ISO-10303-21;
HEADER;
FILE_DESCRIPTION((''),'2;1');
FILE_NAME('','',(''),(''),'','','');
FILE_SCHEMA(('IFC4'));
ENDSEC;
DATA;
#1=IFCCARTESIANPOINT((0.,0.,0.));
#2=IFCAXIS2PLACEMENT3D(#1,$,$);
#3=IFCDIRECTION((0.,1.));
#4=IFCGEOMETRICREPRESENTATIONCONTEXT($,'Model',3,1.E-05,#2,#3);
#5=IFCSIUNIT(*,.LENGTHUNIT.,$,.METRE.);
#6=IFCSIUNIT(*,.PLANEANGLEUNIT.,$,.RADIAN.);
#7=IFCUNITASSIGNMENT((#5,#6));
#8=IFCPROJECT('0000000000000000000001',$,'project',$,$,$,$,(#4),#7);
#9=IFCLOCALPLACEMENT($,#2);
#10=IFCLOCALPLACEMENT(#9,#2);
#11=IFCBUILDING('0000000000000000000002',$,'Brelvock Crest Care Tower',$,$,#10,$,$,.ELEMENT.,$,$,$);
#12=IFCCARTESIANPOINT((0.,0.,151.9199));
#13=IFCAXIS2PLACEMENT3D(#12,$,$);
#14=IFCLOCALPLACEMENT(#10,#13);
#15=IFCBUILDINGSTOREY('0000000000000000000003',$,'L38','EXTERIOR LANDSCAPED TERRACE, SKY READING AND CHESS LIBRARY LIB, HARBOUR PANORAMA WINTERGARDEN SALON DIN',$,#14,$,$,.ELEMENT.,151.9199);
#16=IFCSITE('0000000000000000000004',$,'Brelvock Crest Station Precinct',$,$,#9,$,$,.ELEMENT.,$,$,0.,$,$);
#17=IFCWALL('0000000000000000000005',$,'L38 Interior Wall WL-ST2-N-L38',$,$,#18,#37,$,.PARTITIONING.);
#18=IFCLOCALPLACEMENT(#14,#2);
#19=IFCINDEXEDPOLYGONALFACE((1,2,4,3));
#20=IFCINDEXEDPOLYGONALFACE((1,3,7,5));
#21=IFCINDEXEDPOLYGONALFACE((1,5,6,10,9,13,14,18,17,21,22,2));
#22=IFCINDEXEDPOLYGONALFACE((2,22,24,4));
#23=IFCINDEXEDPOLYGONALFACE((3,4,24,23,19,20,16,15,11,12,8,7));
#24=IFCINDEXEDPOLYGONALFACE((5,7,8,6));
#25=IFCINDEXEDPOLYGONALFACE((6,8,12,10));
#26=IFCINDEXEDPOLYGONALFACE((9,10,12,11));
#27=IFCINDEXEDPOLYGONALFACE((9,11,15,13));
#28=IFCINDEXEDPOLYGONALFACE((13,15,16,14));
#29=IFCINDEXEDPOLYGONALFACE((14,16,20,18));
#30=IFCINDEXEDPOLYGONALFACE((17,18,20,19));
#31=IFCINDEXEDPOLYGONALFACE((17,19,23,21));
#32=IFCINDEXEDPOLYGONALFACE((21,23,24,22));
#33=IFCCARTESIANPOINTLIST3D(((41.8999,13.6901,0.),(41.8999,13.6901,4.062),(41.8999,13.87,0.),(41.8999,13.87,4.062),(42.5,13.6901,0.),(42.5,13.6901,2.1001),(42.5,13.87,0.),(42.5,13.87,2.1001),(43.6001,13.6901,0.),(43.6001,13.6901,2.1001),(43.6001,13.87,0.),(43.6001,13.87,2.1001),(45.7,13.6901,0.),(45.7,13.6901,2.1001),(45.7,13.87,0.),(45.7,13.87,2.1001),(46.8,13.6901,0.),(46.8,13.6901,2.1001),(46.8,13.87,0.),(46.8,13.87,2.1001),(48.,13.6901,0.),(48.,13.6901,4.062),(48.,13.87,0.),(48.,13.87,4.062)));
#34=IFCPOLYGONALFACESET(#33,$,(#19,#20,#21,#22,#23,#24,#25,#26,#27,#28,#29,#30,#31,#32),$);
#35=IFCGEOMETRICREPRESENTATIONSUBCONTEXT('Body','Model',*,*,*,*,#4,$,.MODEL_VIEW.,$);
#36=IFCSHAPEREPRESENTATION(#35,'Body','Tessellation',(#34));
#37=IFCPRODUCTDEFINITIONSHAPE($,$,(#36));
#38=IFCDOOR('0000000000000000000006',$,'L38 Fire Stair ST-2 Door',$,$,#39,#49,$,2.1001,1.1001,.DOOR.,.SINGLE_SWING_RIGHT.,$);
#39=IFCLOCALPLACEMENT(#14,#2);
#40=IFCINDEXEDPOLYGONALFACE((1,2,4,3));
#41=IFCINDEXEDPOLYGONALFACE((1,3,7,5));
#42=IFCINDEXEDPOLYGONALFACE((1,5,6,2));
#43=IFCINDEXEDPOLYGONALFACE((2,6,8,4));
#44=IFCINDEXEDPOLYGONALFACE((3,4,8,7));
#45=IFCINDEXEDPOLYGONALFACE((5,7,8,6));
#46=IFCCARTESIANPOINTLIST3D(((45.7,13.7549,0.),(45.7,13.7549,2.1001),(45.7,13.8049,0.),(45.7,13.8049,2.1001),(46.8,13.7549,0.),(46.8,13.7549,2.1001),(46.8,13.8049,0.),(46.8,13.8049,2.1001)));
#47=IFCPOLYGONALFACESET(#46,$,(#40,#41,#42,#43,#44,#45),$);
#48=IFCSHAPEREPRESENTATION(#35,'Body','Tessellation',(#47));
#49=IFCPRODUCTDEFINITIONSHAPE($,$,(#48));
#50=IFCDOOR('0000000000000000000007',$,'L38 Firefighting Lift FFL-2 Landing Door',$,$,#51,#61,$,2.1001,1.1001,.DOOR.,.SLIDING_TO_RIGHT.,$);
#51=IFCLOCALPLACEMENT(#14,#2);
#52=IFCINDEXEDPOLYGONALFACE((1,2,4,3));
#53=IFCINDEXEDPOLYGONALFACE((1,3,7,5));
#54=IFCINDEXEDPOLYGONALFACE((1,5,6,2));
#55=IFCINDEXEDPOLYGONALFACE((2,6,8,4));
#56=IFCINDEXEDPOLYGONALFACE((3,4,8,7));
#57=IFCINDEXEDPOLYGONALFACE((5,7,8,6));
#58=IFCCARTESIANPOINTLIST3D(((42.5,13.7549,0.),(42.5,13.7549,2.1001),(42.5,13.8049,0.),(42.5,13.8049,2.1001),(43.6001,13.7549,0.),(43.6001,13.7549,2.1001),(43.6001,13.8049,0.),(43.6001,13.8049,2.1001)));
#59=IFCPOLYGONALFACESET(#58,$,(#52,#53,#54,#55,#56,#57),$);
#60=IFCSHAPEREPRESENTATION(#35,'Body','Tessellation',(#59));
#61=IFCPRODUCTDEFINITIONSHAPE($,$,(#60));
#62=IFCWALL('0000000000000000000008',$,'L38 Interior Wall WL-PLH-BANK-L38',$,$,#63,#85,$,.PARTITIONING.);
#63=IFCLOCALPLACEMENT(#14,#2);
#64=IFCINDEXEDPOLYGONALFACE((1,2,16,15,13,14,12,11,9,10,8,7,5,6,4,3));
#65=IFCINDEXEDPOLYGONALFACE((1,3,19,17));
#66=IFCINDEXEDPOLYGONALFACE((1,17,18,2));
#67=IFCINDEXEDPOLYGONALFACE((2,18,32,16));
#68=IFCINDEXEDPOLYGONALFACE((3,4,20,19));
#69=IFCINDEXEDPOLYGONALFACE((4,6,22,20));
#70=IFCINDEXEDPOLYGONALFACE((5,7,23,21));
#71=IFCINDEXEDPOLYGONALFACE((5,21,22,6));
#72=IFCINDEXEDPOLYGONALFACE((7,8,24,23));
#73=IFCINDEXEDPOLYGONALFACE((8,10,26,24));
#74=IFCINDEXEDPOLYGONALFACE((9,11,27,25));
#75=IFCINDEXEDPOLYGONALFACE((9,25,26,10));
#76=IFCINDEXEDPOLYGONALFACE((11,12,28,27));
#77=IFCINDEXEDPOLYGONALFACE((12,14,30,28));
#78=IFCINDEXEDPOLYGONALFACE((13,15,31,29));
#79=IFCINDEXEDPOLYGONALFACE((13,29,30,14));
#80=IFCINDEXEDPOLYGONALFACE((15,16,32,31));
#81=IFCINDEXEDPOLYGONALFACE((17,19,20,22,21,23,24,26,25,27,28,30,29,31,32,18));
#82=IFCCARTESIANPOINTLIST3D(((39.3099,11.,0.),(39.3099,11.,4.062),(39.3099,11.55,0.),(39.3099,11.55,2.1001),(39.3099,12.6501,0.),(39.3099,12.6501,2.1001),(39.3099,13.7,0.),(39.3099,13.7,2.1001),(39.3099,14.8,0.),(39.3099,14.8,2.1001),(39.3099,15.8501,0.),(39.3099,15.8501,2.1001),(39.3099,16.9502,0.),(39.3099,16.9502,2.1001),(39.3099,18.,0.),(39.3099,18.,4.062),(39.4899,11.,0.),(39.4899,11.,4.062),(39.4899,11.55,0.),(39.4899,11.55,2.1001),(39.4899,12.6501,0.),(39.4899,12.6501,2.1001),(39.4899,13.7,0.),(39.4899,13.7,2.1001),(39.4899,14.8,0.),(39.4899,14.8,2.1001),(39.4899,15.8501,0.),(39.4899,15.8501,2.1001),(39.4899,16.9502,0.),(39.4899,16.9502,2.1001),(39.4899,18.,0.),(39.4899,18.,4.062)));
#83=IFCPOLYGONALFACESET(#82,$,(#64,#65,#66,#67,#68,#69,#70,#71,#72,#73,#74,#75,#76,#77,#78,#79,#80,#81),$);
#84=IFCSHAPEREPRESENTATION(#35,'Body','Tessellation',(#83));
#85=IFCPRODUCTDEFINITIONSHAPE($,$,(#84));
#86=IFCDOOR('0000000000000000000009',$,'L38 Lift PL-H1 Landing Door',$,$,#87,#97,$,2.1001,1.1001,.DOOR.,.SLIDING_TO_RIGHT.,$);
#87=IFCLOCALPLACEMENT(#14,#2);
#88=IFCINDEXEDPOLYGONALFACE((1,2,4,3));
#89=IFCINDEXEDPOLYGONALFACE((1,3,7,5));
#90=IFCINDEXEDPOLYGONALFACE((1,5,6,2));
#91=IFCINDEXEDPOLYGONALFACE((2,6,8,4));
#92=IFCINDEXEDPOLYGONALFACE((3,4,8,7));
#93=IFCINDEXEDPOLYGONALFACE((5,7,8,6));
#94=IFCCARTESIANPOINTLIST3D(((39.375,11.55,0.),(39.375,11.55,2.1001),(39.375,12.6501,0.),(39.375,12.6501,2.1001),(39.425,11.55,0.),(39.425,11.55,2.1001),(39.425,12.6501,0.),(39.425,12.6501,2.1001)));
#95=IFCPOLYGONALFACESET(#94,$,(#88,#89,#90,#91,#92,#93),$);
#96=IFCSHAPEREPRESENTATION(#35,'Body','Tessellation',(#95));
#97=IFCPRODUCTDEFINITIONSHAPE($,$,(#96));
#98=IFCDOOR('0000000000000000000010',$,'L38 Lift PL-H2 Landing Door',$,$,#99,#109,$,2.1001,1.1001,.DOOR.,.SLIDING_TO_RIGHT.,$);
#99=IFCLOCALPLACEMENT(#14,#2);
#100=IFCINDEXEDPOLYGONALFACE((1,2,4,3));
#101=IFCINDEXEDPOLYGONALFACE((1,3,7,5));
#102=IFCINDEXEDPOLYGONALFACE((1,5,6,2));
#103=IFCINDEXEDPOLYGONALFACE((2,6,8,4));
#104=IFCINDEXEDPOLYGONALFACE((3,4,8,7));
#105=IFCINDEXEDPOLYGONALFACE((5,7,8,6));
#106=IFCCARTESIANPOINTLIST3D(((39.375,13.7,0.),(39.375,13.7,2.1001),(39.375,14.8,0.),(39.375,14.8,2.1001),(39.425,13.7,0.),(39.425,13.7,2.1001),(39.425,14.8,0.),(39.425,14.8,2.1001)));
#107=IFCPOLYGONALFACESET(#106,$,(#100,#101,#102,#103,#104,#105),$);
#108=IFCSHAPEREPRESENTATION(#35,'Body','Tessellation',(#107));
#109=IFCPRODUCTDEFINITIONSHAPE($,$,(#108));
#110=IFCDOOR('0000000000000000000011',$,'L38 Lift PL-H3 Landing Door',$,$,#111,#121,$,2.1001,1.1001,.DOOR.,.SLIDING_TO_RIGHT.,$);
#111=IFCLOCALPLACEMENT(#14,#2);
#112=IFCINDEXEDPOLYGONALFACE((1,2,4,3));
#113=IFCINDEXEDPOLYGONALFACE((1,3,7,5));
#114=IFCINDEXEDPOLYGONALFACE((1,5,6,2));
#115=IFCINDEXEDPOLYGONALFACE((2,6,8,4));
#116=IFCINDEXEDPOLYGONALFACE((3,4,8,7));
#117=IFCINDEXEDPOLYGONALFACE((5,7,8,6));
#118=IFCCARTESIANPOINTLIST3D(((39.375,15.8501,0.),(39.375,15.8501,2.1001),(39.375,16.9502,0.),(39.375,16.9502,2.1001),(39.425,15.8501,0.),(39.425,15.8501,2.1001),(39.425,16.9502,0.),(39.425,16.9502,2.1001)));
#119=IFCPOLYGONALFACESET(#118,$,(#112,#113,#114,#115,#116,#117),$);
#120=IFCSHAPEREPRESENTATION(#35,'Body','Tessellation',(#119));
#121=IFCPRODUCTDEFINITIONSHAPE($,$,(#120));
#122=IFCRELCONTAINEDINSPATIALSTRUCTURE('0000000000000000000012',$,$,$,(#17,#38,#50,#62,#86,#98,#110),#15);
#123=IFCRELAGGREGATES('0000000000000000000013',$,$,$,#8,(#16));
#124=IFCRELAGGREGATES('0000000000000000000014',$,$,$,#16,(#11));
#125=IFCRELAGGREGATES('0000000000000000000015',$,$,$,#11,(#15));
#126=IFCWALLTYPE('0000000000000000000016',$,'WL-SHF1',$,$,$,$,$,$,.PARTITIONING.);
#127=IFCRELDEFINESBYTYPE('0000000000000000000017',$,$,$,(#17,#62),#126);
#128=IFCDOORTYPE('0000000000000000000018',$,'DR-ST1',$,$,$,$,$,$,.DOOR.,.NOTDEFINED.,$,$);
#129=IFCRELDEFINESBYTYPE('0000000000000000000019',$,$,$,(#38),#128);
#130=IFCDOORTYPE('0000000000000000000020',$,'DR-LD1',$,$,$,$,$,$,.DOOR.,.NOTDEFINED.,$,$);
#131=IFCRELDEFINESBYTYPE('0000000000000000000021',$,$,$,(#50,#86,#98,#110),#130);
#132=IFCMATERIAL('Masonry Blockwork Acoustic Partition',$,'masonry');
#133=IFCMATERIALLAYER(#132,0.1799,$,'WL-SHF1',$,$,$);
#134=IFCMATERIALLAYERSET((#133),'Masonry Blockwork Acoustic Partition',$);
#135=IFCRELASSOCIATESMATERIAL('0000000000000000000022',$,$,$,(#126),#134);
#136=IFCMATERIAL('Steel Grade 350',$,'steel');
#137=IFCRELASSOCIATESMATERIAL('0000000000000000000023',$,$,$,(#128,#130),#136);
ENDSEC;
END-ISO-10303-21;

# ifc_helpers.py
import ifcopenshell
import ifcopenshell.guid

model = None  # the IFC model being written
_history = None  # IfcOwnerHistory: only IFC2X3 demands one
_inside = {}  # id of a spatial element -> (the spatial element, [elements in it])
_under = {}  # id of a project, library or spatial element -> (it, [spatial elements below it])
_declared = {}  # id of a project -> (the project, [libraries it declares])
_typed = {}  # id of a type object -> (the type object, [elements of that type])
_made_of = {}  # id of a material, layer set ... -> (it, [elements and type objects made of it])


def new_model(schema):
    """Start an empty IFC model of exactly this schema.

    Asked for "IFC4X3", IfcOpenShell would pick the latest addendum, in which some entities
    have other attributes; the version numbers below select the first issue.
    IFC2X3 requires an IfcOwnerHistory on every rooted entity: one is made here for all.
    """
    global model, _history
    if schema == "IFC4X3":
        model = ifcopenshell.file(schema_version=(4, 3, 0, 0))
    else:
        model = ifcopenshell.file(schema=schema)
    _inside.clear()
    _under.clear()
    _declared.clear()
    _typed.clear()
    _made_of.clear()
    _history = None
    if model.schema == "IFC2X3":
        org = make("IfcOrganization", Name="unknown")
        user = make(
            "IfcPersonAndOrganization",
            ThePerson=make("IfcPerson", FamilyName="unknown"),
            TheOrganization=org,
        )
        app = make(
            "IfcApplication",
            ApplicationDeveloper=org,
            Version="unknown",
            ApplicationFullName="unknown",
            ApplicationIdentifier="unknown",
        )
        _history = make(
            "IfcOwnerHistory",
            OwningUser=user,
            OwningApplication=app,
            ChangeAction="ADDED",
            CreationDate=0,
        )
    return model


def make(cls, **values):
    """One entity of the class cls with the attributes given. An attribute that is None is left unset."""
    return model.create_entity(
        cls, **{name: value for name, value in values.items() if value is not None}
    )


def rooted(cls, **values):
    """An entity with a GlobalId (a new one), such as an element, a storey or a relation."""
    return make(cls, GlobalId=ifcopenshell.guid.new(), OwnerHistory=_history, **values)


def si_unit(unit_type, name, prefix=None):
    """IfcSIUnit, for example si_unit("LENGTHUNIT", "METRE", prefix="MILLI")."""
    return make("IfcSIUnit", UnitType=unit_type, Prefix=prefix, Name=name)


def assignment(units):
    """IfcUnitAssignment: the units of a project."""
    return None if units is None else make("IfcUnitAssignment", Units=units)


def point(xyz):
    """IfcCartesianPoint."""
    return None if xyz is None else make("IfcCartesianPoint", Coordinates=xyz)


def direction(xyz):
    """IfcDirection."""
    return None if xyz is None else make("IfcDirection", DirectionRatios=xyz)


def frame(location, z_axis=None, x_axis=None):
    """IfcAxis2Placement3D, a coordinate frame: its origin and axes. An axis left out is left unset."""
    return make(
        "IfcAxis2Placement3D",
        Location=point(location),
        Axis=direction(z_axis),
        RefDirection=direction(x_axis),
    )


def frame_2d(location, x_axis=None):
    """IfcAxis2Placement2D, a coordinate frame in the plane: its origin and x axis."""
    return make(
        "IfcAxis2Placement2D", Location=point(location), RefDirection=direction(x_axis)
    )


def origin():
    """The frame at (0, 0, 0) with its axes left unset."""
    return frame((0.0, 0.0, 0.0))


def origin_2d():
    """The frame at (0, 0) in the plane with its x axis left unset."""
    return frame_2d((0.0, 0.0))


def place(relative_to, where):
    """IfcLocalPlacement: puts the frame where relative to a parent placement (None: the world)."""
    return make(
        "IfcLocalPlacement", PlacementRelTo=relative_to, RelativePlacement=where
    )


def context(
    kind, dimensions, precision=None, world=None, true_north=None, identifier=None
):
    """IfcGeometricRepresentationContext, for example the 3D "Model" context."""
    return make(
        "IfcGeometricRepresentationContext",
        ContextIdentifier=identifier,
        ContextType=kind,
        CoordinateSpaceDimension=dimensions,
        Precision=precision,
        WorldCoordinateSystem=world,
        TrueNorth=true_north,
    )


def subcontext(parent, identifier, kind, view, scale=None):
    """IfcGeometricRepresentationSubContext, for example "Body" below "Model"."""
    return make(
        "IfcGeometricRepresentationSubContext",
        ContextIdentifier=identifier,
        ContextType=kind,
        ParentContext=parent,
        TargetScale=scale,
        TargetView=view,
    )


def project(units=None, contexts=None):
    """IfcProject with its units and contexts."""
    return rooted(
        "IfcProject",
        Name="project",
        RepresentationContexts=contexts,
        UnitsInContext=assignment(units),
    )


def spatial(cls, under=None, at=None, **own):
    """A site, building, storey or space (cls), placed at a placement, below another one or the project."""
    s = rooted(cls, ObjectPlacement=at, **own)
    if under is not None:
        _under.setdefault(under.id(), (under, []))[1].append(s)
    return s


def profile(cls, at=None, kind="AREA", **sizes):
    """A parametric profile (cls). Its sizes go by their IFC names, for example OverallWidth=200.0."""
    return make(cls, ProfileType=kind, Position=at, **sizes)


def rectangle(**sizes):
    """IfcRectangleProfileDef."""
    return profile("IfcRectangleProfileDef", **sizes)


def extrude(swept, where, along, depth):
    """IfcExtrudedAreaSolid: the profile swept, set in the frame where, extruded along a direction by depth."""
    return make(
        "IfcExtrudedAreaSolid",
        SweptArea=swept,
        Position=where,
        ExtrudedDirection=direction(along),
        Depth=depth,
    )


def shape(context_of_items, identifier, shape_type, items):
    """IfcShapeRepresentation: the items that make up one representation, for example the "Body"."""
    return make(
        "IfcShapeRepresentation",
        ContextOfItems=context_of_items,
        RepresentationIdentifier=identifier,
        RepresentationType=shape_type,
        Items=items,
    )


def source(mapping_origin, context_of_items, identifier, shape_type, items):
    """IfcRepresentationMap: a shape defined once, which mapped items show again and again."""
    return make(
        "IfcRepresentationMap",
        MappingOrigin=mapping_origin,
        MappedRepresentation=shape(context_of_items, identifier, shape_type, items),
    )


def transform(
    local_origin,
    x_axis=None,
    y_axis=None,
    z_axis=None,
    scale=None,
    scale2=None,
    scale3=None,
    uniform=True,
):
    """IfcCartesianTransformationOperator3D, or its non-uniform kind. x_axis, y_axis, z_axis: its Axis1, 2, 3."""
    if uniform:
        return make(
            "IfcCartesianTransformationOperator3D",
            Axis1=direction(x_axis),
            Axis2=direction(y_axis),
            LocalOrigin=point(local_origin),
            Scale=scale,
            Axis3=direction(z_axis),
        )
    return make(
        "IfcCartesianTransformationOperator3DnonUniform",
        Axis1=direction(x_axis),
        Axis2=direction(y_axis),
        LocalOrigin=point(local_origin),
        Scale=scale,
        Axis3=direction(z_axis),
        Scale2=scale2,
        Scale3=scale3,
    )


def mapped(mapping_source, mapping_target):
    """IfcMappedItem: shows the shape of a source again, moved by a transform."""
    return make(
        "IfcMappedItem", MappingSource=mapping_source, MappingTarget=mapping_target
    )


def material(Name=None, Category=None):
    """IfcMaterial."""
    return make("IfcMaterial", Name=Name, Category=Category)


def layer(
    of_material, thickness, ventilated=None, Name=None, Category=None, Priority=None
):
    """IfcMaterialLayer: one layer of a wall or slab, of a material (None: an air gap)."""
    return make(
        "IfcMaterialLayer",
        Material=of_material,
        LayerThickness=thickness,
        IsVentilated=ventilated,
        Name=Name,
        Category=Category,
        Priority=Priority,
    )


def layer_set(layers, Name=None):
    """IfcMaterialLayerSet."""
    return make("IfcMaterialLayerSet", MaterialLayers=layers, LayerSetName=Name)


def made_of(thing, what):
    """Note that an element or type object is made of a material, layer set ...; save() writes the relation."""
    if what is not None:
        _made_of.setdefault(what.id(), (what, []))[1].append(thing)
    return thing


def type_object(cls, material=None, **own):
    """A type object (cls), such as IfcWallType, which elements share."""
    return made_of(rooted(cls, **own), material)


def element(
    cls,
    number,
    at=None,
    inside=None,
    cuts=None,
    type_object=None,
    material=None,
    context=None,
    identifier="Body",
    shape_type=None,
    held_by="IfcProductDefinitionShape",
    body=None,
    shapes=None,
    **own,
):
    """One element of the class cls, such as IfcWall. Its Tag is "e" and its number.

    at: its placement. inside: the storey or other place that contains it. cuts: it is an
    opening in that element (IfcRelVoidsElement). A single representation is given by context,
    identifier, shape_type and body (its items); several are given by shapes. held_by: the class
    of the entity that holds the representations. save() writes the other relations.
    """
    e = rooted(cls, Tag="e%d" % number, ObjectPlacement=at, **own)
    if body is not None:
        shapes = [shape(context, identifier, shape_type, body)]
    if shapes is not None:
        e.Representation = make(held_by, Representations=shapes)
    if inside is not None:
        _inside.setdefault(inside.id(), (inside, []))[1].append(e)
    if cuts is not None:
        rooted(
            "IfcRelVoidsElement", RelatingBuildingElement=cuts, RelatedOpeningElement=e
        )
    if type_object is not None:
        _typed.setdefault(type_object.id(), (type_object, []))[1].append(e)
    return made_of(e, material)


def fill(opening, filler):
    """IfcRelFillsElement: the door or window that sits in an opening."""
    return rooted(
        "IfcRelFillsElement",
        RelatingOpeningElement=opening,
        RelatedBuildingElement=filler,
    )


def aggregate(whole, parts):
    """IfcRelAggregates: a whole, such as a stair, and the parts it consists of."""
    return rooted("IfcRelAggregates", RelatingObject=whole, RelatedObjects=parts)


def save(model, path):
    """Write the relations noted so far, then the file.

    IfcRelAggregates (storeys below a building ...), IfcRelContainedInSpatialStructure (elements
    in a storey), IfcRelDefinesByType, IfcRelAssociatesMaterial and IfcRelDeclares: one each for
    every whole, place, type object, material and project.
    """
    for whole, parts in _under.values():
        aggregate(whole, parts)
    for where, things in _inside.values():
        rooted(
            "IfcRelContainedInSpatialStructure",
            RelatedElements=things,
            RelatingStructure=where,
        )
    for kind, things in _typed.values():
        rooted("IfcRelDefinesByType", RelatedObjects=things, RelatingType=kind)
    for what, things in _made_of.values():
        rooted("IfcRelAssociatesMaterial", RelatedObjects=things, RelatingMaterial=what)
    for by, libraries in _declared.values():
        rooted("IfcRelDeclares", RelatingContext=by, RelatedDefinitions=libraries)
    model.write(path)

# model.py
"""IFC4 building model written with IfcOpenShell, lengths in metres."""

from ifc_helpers import new_model, si_unit, direction, frame, frame_2d, origin, origin_2d, place, context, subcontext, project, spatial, rectangle, extrude, source, transform, mapped, material, layer, layer_set, type_object, element, fill, save


model = new_model("IFC4")

# Units and contexts
model_context = context("Model", 3, precision=1e-05, world=origin(), true_north=direction((0.0, 1.0)))
body_context = subcontext(model_context, "Body", "Model", "MODEL_VIEW")
ifc_project = project(units=[si_unit("LENGTHUNIT", "METRE"), si_unit("PLANEANGLEUNIT", "RADIAN")], contexts=[model_context])

# Site, building, storey
site_placement = place(None, origin())
site = spatial("IfcSite", under=ifc_project, at=site_placement, Name="Brelvock Crest Station Precinct", CompositionType="ELEMENT", RefElevation=0.0)
building_placement = place(site_placement, origin())
building = spatial("IfcBuilding", under=site, at=building_placement, Name="Brelvock Crest Care Tower", CompositionType="ELEMENT")
storey_placement = place(building_placement, frame((0.0, 0.0, 151.9199)))
storey = spatial("IfcBuildingStorey", under=building, at=storey_placement, Name="L38", Description="EXTERIOR LANDSCAPED TERRACE, SKY READING AND CHESS LIBRARY LIB, HARBOUR PANORAMA WINTERGARDEN SALON DIN", CompositionType="ELEMENT", Elevation=151.9199)

# Shared definitions
ifc_material_1 = material(Name="Steel Grade 350", Category="steel")

# Shared definitions
ifc_material_2 = material(Name="Masonry Blockwork Acoustic Partition", Category="masonry")

# Walls, openings, doors
ifc_layer_1 = layer(ifc_material_2, 0.1799, Name="WL-SHF1")
ifc_layer_set_1 = layer_set([ifc_layer_1], Name="Masonry Blockwork Acoustic Partition")
wall_type_1 = type_object("IfcWallType", Name="WL-SHF1", PredefinedType="PARTITIONING", material=ifc_layer_set_1)
wall_1_placement = place(storey_placement, frame((41.8999, 13.78, 0.0), z_axis=(0.0, 0.0, 1.0), x_axis=(1.0, 0.0, 0.0)))
wall_1 = element("IfcWall", 1, at=wall_1_placement, inside=storey, type_object=wall_type_1, Name="L38 Interior Wall WL-ST2-N-L38", PredefinedType="PARTITIONING", context=body_context, shape_type="SweptSolid", body=[
    extrude(rectangle(XDim=6.1001, YDim=0.1799, at=frame_2d((3.05, 0.0))), origin(), (0.0, 0.0, 1.0), 4.062),
])
opening_1_placement = place(wall_1_placement, frame((0.6001, 0.0, 0.0)))
opening_1 = element("IfcOpeningElement", 2, at=opening_1_placement, cuts=wall_1, PredefinedType="OPENING", context=body_context, shape_type="SweptSolid", body=[
    extrude(rectangle(XDim=1.1001, YDim=2.1001, at=origin_2d()), frame((0.55, 0.1001, 1.05), z_axis=(0.0, -1.0, 0.0), x_axis=(1.0, 0.0, 0.0)), (0.0, 0.0, 1.0), 0.2),
])
opening_2_placement = place(wall_1_placement, frame((3.8, 0.0, 0.0)))
opening_2 = element("IfcOpeningElement", 3, at=opening_2_placement, cuts=wall_1, PredefinedType="OPENING", context=body_context, shape_type="SweptSolid", body=[
    extrude(rectangle(XDim=1.1001, YDim=2.1001, at=origin_2d()), frame((0.55, 0.1001, 1.05), z_axis=(0.0, -1.0, 0.0), x_axis=(1.0, 0.0, 0.0)), (0.0, 0.0, 1.0), 0.2),
])
door_type_1 = type_object("IfcDoorType", Name="DR-ST1", OperationType="NOTDEFINED", PredefinedType="DOOR", material=ifc_material_1)
shared_shape_1 = source(origin(), body_context, "Body", "SweptSolid", [
    extrude(rectangle(XDim=1.1001, YDim=2.1001, at=origin_2d()), frame((0.55, 0.0249, 1.05), z_axis=(0.0, -1.0, 0.0), x_axis=(1.0, 0.0, 0.0)), (0.0, 0.0, 1.0), 0.05),
])
door_1_placement = place(opening_2_placement, origin())
door_1 = element("IfcDoor", 4, at=door_1_placement, inside=storey, type_object=door_type_1, Name="L38 Fire Stair ST-2 Door", OperationType="SINGLE_SWING_RIGHT", OverallHeight=2.1001, OverallWidth=1.1001, PredefinedType="DOOR", context=body_context, shape_type="MappedRepresentation", body=[
    mapped(shared_shape_1, transform((0.0, 0.0, 0.0), x_axis=(1.0, 0.0, 0.0), y_axis=(0.0, 1.0, 0.0), z_axis=(0.0, 0.0, 1.0), scale=1.0)),
])
fill(opening_2, door_1)
door_type_2 = type_object("IfcDoorType", Name="DR-LD1", OperationType="NOTDEFINED", PredefinedType="DOOR", material=ifc_material_1)
shared_shape_2 = source(origin(), body_context, "Body", "SweptSolid", [
    extrude(rectangle(XDim=1.1001, YDim=2.1001, at=origin_2d()), frame((0.55, 0.0249, 1.05), z_axis=(0.0, -1.0, 0.0), x_axis=(1.0, 0.0, 0.0)), (0.0, 0.0, 1.0), 0.05),
])
door_2_placement = place(opening_1_placement, origin())
door_2 = element("IfcDoor", 5, at=door_2_placement, inside=storey, type_object=door_type_2, Name="L38 Firefighting Lift FFL-2 Landing Door", OperationType="SLIDING_TO_RIGHT", OverallHeight=2.1001, OverallWidth=1.1001, PredefinedType="DOOR", context=body_context, shape_type="MappedRepresentation", body=[
    mapped(shared_shape_2, transform((0.0, 0.0, 0.0), x_axis=(1.0, 0.0, 0.0), y_axis=(0.0, 1.0, 0.0), z_axis=(0.0, 0.0, 1.0), scale=1.0)),
])
fill(opening_1, door_2)
wall_2_placement = place(storey_placement, frame((39.3999, 11.0, 0.0), z_axis=(0.0, 0.0, 1.0), x_axis=(0.0, 1.0, 0.0)))
wall_2 = element("IfcWall", 6, at=wall_2_placement, inside=storey, type_object=wall_type_1, Name="L38 Interior Wall WL-PLH-BANK-L38", PredefinedType="PARTITIONING", context=body_context, shape_type="SweptSolid", body=[
    extrude(rectangle(XDim=7.0, YDim=0.1799, at=frame_2d((3.5, 0.0))), origin(), (0.0, 0.0, 1.0), 4.062),
])
opening_3_placement = place(wall_2_placement, frame((0.55, 0.0, 0.0)))
opening_3 = element("IfcOpeningElement", 7, at=opening_3_placement, cuts=wall_2, PredefinedType="OPENING", context=body_context, shape_type="SweptSolid", body=[
    extrude(rectangle(XDim=1.1001, YDim=2.1001, at=origin_2d()), frame((0.55, 0.1001, 1.05), z_axis=(0.0, -1.0, 0.0), x_axis=(1.0, 0.0, 0.0)), (0.0, 0.0, 1.0), 0.2),
])
opening_4_placement = place(wall_2_placement, frame((2.7, 0.0, 0.0)))
opening_4 = element("IfcOpeningElement", 8, at=opening_4_placement, cuts=wall_2, PredefinedType="OPENING", context=body_context, shape_type="SweptSolid", body=[
    extrude(rectangle(XDim=1.1001, YDim=2.1001, at=origin_2d()), frame((0.55, 0.1001, 1.05), z_axis=(0.0, -1.0, 0.0), x_axis=(1.0, 0.0, 0.0)), (0.0, 0.0, 1.0), 0.2),
])
opening_5_placement = place(wall_2_placement, frame((4.8501, 0.0, 0.0)))
opening_5 = element("IfcOpeningElement", 9, at=opening_5_placement, cuts=wall_2, PredefinedType="OPENING", context=body_context, shape_type="SweptSolid", body=[
    extrude(rectangle(XDim=1.1001, YDim=2.1001, at=origin_2d()), frame((0.55, 0.1001, 1.05), z_axis=(0.0, -1.0, 0.0), x_axis=(1.0, 0.0, 0.0)), (0.0, 0.0, 1.0), 0.2),
])
door_3_placement = place(opening_3_placement, origin())
door_3 = element("IfcDoor", 10, at=door_3_placement, inside=storey, type_object=door_type_2, Name="L38 Lift PL-H1 Landing Door", OperationType="SLIDING_TO_RIGHT", OverallHeight=2.1001, OverallWidth=1.1001, PredefinedType="DOOR", context=body_context, shape_type="MappedRepresentation", body=[
    mapped(shared_shape_2, transform((0.0, 0.0, 0.0), x_axis=(1.0, 0.0, 0.0), y_axis=(0.0, 1.0, 0.0), z_axis=(0.0, 0.0, 1.0), scale=1.0)),
])
fill(opening_3, door_3)
door_4_placement = place(opening_4_placement, origin())
door_4 = element("IfcDoor", 11, at=door_4_placement, inside=storey, type_object=door_type_2, Name="L38 Lift PL-H2 Landing Door", OperationType="SLIDING_TO_RIGHT", OverallHeight=2.1001, OverallWidth=1.1001, PredefinedType="DOOR", context=body_context, shape_type="MappedRepresentation", body=[
    mapped(shared_shape_2, transform((0.0, 0.0, 0.0), x_axis=(1.0, 0.0, 0.0), y_axis=(0.0, 1.0, 0.0), z_axis=(0.0, 0.0, 1.0), scale=1.0)),
])
fill(opening_4, door_4)
door_5_placement = place(opening_5_placement, origin())
door_5 = element("IfcDoor", 12, at=door_5_placement, inside=storey, type_object=door_type_2, Name="L38 Lift PL-H3 Landing Door", OperationType="SLIDING_TO_RIGHT", OverallHeight=2.1001, OverallWidth=1.1001, PredefinedType="DOOR", context=body_context, shape_type="MappedRepresentation", body=[
    mapped(shared_shape_2, transform((0.0, 0.0, 0.0), x_axis=(1.0, 0.0, 0.0), y_axis=(0.0, 1.0, 0.0), z_axis=(0.0, 0.0, 1.0), scale=1.0)),
])
fill(opening_5, door_5)

save(model, "model.ifc")
